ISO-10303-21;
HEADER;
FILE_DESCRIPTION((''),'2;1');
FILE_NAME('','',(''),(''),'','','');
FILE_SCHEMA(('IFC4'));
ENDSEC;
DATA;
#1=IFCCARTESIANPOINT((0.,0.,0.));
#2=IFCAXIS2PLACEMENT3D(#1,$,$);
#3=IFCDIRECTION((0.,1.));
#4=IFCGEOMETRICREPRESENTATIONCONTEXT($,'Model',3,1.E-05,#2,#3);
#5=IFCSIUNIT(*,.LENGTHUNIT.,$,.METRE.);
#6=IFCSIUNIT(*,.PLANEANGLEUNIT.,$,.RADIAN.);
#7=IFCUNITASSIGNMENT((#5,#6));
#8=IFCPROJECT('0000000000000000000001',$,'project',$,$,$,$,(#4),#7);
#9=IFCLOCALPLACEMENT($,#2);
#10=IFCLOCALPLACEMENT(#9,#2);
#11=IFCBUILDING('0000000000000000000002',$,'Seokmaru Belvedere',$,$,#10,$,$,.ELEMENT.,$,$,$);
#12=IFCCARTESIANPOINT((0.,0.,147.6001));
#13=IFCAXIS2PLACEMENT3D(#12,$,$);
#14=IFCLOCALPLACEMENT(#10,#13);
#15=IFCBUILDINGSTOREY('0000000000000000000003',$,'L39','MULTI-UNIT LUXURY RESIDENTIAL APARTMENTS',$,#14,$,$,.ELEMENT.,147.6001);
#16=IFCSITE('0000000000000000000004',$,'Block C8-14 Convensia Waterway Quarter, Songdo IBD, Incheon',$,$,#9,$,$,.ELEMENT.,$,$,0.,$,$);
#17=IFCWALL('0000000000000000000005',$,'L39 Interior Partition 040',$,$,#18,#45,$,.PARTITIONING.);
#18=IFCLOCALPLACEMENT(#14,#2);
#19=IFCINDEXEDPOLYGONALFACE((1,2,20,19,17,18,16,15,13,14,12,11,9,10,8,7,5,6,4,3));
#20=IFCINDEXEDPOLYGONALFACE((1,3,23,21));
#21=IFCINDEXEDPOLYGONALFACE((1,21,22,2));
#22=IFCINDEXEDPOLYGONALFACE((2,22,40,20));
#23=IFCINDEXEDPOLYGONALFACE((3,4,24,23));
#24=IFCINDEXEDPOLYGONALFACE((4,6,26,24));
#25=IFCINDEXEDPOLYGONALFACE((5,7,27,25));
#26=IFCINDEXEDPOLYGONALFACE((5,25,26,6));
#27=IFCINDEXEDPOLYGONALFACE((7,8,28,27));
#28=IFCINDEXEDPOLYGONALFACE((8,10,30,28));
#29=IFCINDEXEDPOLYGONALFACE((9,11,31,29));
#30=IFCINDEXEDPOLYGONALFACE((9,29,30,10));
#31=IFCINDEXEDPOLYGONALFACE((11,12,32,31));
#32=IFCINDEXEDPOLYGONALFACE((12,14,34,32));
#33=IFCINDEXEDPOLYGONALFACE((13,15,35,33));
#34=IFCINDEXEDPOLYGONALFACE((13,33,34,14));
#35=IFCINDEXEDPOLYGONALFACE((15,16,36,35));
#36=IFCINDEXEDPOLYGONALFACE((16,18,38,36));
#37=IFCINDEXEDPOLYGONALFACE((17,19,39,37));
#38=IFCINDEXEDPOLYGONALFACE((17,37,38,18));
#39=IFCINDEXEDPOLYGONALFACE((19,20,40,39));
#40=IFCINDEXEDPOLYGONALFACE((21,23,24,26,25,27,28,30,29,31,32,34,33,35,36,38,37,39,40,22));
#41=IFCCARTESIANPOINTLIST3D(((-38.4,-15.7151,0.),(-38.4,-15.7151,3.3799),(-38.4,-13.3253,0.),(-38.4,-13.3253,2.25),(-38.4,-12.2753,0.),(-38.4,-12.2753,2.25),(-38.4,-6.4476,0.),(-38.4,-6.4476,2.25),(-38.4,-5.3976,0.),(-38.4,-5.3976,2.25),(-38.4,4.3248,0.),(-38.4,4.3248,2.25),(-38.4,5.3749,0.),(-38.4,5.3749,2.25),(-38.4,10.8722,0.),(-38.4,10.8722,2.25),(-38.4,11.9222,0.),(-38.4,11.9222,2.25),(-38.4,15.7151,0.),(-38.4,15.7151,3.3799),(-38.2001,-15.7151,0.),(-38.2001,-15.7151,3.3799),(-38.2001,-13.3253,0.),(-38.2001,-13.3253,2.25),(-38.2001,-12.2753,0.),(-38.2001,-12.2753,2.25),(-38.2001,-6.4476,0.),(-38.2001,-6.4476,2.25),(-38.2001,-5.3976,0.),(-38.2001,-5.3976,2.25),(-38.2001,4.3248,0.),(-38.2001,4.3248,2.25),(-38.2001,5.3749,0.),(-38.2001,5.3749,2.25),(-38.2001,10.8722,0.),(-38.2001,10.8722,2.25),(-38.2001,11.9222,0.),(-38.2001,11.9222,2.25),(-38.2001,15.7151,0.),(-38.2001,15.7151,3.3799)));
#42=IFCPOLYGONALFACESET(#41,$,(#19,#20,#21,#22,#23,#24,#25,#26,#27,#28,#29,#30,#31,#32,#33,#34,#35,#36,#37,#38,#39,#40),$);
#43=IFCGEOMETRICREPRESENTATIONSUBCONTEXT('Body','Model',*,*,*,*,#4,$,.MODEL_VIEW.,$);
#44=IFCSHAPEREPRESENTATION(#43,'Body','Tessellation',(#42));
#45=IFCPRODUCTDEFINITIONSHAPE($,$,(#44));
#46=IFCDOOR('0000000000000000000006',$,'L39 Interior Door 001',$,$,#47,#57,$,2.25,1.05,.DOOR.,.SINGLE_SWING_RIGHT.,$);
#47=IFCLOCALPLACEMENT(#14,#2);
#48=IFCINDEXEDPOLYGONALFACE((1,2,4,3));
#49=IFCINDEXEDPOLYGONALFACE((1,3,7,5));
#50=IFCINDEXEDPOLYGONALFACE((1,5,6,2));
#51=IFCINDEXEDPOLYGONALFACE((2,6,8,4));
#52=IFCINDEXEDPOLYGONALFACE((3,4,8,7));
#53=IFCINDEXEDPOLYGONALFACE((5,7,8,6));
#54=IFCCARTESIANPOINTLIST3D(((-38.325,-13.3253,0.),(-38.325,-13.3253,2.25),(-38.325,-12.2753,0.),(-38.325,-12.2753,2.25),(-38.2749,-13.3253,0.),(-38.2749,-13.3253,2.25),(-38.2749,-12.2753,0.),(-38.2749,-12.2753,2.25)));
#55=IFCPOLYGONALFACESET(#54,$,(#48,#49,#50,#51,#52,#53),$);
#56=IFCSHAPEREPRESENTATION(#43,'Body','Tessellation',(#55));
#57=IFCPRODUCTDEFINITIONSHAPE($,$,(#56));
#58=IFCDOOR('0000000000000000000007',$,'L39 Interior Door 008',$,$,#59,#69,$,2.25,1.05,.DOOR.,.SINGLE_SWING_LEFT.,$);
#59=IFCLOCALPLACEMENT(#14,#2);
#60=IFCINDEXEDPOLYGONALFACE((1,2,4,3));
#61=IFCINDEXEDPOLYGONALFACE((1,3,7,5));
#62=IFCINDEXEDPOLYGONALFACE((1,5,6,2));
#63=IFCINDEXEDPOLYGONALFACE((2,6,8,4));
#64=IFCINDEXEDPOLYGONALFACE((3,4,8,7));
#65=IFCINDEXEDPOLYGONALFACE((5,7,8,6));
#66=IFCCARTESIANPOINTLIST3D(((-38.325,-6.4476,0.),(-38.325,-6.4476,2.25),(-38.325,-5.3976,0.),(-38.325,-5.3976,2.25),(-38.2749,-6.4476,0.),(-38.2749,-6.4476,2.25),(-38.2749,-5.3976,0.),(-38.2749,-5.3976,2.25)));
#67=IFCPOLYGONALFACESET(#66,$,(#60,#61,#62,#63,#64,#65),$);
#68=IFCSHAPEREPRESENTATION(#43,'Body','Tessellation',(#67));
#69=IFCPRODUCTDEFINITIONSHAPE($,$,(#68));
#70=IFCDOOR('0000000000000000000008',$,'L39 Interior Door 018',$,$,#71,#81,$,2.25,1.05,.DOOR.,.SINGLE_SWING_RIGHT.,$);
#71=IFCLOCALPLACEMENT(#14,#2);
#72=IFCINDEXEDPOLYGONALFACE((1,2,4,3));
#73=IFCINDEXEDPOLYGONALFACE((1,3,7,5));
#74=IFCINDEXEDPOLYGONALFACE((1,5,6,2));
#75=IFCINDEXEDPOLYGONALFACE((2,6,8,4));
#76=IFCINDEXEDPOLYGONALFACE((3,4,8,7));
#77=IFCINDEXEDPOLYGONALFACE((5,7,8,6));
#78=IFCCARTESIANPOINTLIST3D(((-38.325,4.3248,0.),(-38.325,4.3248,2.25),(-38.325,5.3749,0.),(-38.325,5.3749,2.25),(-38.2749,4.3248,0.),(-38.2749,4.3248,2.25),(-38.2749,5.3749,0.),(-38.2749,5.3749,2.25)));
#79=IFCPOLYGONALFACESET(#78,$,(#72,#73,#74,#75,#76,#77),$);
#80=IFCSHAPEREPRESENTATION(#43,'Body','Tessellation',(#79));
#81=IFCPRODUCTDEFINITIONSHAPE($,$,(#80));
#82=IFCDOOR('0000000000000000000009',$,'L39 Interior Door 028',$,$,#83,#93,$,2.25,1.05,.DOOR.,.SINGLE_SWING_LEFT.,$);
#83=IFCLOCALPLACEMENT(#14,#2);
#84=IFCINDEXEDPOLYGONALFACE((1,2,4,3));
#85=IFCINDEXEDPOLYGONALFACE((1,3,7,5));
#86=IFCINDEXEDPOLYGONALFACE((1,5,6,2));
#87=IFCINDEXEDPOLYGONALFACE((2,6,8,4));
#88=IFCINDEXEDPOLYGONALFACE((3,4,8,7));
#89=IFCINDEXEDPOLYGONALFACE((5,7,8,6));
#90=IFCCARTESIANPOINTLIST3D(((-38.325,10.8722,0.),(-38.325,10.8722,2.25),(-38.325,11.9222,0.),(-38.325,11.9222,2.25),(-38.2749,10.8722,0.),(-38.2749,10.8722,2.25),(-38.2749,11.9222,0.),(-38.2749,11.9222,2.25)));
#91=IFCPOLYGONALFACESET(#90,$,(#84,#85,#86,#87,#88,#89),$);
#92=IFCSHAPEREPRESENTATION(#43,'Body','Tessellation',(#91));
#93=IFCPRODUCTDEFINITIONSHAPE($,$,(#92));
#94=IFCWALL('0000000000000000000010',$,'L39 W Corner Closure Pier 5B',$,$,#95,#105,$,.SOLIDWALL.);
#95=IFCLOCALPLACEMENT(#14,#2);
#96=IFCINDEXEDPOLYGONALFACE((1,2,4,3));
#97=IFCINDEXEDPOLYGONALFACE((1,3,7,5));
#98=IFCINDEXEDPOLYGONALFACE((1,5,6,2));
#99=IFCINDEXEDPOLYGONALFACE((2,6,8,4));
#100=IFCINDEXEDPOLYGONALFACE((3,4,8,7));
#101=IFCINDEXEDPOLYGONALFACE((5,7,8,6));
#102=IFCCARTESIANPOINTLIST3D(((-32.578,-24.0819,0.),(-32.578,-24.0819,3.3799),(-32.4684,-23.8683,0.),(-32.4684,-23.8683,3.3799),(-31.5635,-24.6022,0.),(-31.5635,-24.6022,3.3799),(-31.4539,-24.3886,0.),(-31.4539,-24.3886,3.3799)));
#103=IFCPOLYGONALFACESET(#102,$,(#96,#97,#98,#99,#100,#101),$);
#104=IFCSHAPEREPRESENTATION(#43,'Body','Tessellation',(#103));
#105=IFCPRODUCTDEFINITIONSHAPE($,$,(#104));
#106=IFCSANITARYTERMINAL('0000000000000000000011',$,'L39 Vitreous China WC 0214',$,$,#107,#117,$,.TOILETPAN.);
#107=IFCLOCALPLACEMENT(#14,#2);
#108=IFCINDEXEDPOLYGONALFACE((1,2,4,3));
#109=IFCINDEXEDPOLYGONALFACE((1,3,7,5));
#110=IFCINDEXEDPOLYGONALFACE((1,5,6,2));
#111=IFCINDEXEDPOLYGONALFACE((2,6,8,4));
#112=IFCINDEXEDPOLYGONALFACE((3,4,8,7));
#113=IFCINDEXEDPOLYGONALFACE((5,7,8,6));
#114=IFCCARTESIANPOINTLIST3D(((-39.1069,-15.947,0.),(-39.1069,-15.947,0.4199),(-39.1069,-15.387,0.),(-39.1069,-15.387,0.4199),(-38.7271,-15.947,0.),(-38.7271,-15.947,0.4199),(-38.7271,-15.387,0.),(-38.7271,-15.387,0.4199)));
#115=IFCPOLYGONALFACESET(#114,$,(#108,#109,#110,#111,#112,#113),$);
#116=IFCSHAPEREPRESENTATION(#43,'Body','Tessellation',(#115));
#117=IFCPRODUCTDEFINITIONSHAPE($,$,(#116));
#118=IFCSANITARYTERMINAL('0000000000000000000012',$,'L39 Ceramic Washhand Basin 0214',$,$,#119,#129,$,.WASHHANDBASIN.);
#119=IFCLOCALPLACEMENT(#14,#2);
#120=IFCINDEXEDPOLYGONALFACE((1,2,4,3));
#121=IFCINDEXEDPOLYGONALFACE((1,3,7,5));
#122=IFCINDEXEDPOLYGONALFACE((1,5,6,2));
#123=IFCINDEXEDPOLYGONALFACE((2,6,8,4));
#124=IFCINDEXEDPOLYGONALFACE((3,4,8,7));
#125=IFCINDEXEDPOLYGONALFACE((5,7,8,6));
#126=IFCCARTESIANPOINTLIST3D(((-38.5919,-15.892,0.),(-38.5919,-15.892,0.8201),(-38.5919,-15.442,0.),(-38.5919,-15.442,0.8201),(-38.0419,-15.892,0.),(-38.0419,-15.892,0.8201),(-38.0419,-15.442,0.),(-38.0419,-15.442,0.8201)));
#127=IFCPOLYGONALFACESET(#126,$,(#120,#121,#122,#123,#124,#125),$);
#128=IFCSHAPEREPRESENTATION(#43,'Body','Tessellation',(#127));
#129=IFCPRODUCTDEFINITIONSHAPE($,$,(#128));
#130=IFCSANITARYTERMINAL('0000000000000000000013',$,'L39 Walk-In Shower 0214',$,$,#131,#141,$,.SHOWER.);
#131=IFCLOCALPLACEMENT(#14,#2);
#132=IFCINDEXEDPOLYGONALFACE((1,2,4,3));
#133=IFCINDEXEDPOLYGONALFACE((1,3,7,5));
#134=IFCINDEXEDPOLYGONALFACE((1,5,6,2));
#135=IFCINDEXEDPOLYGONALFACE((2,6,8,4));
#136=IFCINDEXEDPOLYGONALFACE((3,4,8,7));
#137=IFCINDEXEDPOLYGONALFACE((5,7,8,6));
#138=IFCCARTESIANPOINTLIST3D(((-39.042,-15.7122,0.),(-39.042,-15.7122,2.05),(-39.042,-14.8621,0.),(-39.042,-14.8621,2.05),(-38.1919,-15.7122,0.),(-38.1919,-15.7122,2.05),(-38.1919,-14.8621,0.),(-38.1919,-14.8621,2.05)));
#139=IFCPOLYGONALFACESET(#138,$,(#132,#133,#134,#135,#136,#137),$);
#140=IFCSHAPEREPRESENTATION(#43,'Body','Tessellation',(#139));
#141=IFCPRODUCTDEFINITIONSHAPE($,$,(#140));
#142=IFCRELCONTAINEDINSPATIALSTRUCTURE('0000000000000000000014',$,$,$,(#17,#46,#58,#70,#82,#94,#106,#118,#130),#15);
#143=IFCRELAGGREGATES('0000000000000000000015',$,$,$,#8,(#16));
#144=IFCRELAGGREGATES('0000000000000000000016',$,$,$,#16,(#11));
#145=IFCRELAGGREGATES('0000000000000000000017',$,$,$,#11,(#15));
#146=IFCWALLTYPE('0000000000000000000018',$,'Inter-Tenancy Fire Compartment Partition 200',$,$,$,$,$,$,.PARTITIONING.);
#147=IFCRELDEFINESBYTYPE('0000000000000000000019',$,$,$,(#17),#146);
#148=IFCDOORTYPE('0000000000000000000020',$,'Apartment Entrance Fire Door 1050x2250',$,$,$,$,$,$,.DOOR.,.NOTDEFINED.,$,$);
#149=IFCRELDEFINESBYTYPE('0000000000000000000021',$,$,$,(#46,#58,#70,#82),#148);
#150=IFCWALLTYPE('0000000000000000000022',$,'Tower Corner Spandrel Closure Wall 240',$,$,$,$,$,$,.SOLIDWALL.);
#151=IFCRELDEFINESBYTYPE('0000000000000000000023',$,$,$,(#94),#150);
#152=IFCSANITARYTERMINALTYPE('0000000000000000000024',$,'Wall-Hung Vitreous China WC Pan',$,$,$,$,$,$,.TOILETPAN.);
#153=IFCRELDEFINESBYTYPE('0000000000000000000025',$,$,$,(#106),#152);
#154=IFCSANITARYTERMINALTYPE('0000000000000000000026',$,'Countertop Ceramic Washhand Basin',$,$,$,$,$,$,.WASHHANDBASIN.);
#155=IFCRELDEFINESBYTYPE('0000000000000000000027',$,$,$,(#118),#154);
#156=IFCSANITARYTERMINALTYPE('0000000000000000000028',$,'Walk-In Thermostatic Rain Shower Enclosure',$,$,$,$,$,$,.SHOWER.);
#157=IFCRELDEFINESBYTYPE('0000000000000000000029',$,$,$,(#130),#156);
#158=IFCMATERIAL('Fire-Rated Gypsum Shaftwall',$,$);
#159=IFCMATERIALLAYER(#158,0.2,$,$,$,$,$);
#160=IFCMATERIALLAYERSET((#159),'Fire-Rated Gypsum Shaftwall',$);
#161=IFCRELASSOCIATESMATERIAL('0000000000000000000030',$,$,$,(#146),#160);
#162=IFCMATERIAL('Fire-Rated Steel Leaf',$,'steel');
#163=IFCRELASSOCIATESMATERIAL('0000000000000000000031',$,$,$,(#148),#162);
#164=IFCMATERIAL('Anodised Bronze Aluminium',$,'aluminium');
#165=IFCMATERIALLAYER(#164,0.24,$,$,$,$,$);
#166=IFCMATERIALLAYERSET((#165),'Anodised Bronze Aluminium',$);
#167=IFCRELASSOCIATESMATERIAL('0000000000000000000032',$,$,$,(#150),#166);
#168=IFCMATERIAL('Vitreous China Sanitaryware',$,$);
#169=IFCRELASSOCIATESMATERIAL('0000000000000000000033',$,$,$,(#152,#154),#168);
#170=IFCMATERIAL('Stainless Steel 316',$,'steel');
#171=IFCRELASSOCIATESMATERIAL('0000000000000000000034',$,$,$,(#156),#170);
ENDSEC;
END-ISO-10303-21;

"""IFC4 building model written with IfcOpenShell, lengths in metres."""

from ifc_helpers import new_model, si_unit, direction, frame, frame_2d, origin, origin_2d, place, context, subcontext, project, spatial, rectangle, extrude, source, transform, mapped, material, layer, layer_set, type_object, type_shapes, element, fill, save


model = new_model("IFC4")

# Units and contexts
model_context = context("Model", 3, precision=1e-05, world=origin(), true_north=direction((0.0, 1.0)))
body_context = subcontext(model_context, "Body", "Model", "MODEL_VIEW")
ifc_project = project(units=[si_unit("LENGTHUNIT", "METRE"), si_unit("PLANEANGLEUNIT", "RADIAN")], contexts=[model_context])

# Site, building, storey
site_placement = place(None, origin())
site = spatial("IfcSite", under=ifc_project, at=site_placement, Name="Block C8-14 Convensia Waterway Quarter, Songdo IBD, Incheon", CompositionType="ELEMENT", RefElevation=0.0)
building_placement = place(site_placement, origin())
building = spatial("IfcBuilding", under=site, at=building_placement, Name="Seokmaru Belvedere", CompositionType="ELEMENT")
storey_placement = place(building_placement, frame((0.0, 0.0, 147.6001)))
storey = spatial("IfcBuildingStorey", under=building, at=storey_placement, Name="L39", Description="MULTI-UNIT LUXURY RESIDENTIAL APARTMENTS", CompositionType="ELEMENT", Elevation=147.6001)

# Shared definitions
ifc_material_1 = material(Name="Anodised Bronze Aluminium", Category="aluminium")

# Shared definitions
ifc_material_2 = material(Name="Fire-Rated Gypsum Shaftwall")
ifc_layer_1 = layer(ifc_material_2, 0.2)
ifc_layer_set_1 = layer_set([ifc_layer_1], Name="Fire-Rated Gypsum Shaftwall")
wall_type_1 = type_object("IfcWallType", Name="Inter-Tenancy Fire Compartment Partition 200", PredefinedType="PARTITIONING", material=ifc_layer_set_1)

# Wall, openings, doors
wall_1_placement = place(storey_placement, frame((-38.3, -15.7151, 0.0), z_axis=(0.0, 0.0, 1.0), x_axis=(0.0, 1.0, 0.0)))
wall_1 = element("IfcWall", 1, at=wall_1_placement, inside=storey, type_object=wall_type_1, Name="L39 Interior Partition 040", PredefinedType="PARTITIONING", context=body_context, shape_type="SweptSolid", body=[
    extrude(rectangle(XDim=31.4302, YDim=0.2, at=frame_2d((15.7151, 0.0))), origin(), (0.0, 0.0, 1.0), 3.3799),
])
opening_1_placement = place(wall_1_placement, frame((2.3899, 0.0, 0.0)))
opening_1 = element("IfcOpeningElement", 2, at=opening_1_placement, cuts=wall_1, PredefinedType="OPENING", context=body_context, shape_type="SweptSolid", body=[
    extrude(rectangle(XDim=1.05, YDim=2.25, at=frame_2d((0.5249, 1.125))), frame((0.0, 0.1099, 0.0), z_axis=(0.0, -1.0, 0.0), x_axis=(1.0, 0.0, 0.0)), (0.0, 0.0, 1.0), 0.22),
])
opening_2_placement = place(wall_1_placement, frame((9.2676, 0.0, 0.0)))
opening_2 = element("IfcOpeningElement", 3, at=opening_2_placement, cuts=wall_1, PredefinedType="OPENING", context=body_context, shape_type="SweptSolid", body=[
    extrude(rectangle(XDim=1.05, YDim=2.25, at=frame_2d((0.5249, 1.125))), frame((0.0, 0.1099, 0.0), z_axis=(0.0, -1.0, 0.0), x_axis=(1.0, 0.0, 0.0)), (0.0, 0.0, 1.0), 0.22),
])
opening_3_placement = place(wall_1_placement, frame((20.04, 0.0, 0.0)))
opening_3 = element("IfcOpeningElement", 4, at=opening_3_placement, cuts=wall_1, PredefinedType="OPENING", context=body_context, shape_type="SweptSolid", body=[
    extrude(rectangle(XDim=1.05, YDim=2.25, at=frame_2d((0.5249, 1.125))), frame((0.0, 0.1099, 0.0), z_axis=(0.0, -1.0, 0.0), x_axis=(1.0, 0.0, 0.0)), (0.0, 0.0, 1.0), 0.22),
])
opening_4_placement = place(wall_1_placement, frame((26.5874, 0.0, 0.0)))
opening_4 = element("IfcOpeningElement", 5, at=opening_4_placement, cuts=wall_1, PredefinedType="OPENING", context=body_context, shape_type="SweptSolid", body=[
    extrude(rectangle(XDim=1.05, YDim=2.25, at=frame_2d((0.5249, 1.125))), frame((0.0, 0.1099, 0.0), z_axis=(0.0, -1.0, 0.0), x_axis=(1.0, 0.0, 0.0)), (0.0, 0.0, 1.0), 0.22),
])
ifc_material_3 = material(Name="Fire-Rated Steel Leaf", Category="steel")
door_type_1 = type_object("IfcDoorType", Name="Apartment Entrance Fire Door 1050x2250", OperationType="NOTDEFINED", PredefinedType="DOOR", material=ifc_material_3)
shared_shape_1 = source(origin(), body_context, "Body", "SweptSolid", [
    extrude(rectangle(XDim=1.05, YDim=2.25, at=frame_2d((0.5249, 1.125))), frame((0.0, 0.0249, 0.0), z_axis=(0.0, -1.0, 0.0), x_axis=(1.0, 0.0, 0.0)), (0.0, 0.0, 1.0), 0.05),
])
type_shapes(door_type_1, [shared_shape_1])
door_1_placement = place(opening_1_placement, origin())
door_1 = element("IfcDoor", 6, at=door_1_placement, inside=storey, type_object=door_type_1, Name="L39 Interior Door 001", OperationType="SINGLE_SWING_RIGHT", OverallHeight=2.25, OverallWidth=1.05, PredefinedType="DOOR", context=body_context, shape_type="MappedRepresentation", body=[
    mapped(shared_shape_1, transform((0.0, 0.0, 0.0), scale=1.0)),
])
fill(opening_1, door_1)
door_2_placement = place(opening_2_placement, origin())
door_2 = element("IfcDoor", 7, at=door_2_placement, inside=storey, type_object=door_type_1, Name="L39 Interior Door 008", OperationType="SINGLE_SWING_LEFT", OverallHeight=2.25, OverallWidth=1.05, PredefinedType="DOOR", context=body_context, shape_type="MappedRepresentation", body=[
    mapped(shared_shape_1, transform((0.0, 0.0, 0.0), scale=1.0)),
])
fill(opening_2, door_2)
door_3_placement = place(opening_3_placement, origin())
door_3 = element("IfcDoor", 8, at=door_3_placement, inside=storey, type_object=door_type_1, Name="L39 Interior Door 018", OperationType="SINGLE_SWING_RIGHT", OverallHeight=2.25, OverallWidth=1.05, PredefinedType="DOOR", context=body_context, shape_type="MappedRepresentation", body=[
    mapped(shared_shape_1, transform((0.0, 0.0, 0.0), scale=1.0)),
])
fill(opening_3, door_3)
door_4_placement = place(opening_4_placement, origin())
door_4 = element("IfcDoor", 9, at=door_4_placement, inside=storey, type_object=door_type_1, Name="L39 Interior Door 028", OperationType="SINGLE_SWING_LEFT", OverallHeight=2.25, OverallWidth=1.05, PredefinedType="DOOR", context=body_context, shape_type="MappedRepresentation", body=[
    mapped(shared_shape_1, transform((0.0, 0.0, 0.0), scale=1.0)),
])
fill(opening_4, door_4)

# Wall
ifc_layer_2 = layer(ifc_material_1, 0.24)
ifc_layer_set_2 = layer_set([ifc_layer_2], Name="Anodised Bronze Aluminium")
wall_type_2 = type_object("IfcWallType", Name="Tower Corner Spandrel Closure Wall 240", PredefinedType="SOLIDWALL", material=ifc_layer_set_2)
wall_2_placement = place(storey_placement, frame((-32.5232, -23.9751, 0.0), z_axis=(0.0, 0.0, 1.0), x_axis=(0.889797, -0.456356, 0.0)))
element("IfcWall", 10, at=wall_2_placement, inside=storey, type_object=wall_type_2, Name="L39 W Corner Closure Pier 5B", PredefinedType="SOLIDWALL", context=body_context, shape_type="SweptSolid", body=[
    extrude(rectangle(XDim=1.1401, YDim=0.24, at=frame_2d((0.5701, 0.0))), origin(), (0.0, 0.0, 1.0), 3.3799),
])

# Sanitary terminals
ifc_material_4 = material(Name="Vitreous China Sanitaryware")
sanitary_terminal_type_1 = type_object("IfcSanitaryTerminalType", Name="Wall-Hung Vitreous China WC Pan", PredefinedType="TOILETPAN", material=ifc_material_4)
shared_shape_2 = source(origin(), body_context, "Body", "SweptSolid", [
    extrude(rectangle(XDim=0.3799, YDim=0.5601, at=origin_2d()), origin(), (0.0, 0.0, 1.0), 0.4199),
])
type_shapes(sanitary_terminal_type_1, [shared_shape_2])
sanitary_terminal_1_placement = place(storey_placement, frame((-38.917, -15.667, 0.0), z_axis=(0.0, 0.0, 1.0), x_axis=(1.0, 0.0, 0.0)))
element("IfcSanitaryTerminal", 11, at=sanitary_terminal_1_placement, inside=storey, type_object=sanitary_terminal_type_1, Name="L39 Vitreous China WC 0214", PredefinedType="TOILETPAN", context=body_context, shape_type="MappedRepresentation", body=[
    mapped(shared_shape_2, transform((0.0, 0.0, 0.0), scale=1.0)),
])
sanitary_terminal_type_2 = type_object("IfcSanitaryTerminalType", Name="Countertop Ceramic Washhand Basin", PredefinedType="WASHHANDBASIN", material=ifc_material_4)
shared_shape_3 = source(origin(), body_context, "Body", "SweptSolid", [
    extrude(rectangle(XDim=0.55, YDim=0.45, at=origin_2d()), origin(), (0.0, 0.0, 1.0), 0.8201),
])
type_shapes(sanitary_terminal_type_2, [shared_shape_3])
sanitary_terminal_2_placement = place(storey_placement, frame((-38.3169, -15.667, 0.0), z_axis=(0.0, 0.0, 1.0), x_axis=(1.0, 0.0, 0.0)))
element("IfcSanitaryTerminal", 12, at=sanitary_terminal_2_placement, inside=storey, type_object=sanitary_terminal_type_2, Name="L39 Ceramic Washhand Basin 0214", PredefinedType="WASHHANDBASIN", context=body_context, shape_type="MappedRepresentation", body=[
    mapped(shared_shape_3, transform((0.0, 0.0, 0.0), scale=1.0)),
])
ifc_material_5 = material(Name="Stainless Steel 316", Category="steel")
sanitary_terminal_type_3 = type_object("IfcSanitaryTerminalType", Name="Walk-In Thermostatic Rain Shower Enclosure", PredefinedType="SHOWER", material=ifc_material_5)
shared_shape_4 = source(origin(), body_context, "Body", "SweptSolid", [
    extrude(rectangle(XDim=0.8501, YDim=0.8501, at=origin_2d()), origin(), (0.0, 0.0, 1.0), 2.05),
])
type_shapes(sanitary_terminal_type_3, [shared_shape_4])
sanitary_terminal_3_placement = place(storey_placement, frame((-38.6169, -15.2871, 0.0), z_axis=(0.0, 0.0, 1.0), x_axis=(1.0, 0.0, 0.0)))
element("IfcSanitaryTerminal", 13, at=sanitary_terminal_3_placement, inside=storey, type_object=sanitary_terminal_type_3, Name="L39 Walk-In Shower 0214", PredefinedType="SHOWER", context=body_context, shape_type="MappedRepresentation", body=[
    mapped(shared_shape_4, transform((0.0, 0.0, 0.0), scale=1.0)),
])

save(model, "model.ifc")
